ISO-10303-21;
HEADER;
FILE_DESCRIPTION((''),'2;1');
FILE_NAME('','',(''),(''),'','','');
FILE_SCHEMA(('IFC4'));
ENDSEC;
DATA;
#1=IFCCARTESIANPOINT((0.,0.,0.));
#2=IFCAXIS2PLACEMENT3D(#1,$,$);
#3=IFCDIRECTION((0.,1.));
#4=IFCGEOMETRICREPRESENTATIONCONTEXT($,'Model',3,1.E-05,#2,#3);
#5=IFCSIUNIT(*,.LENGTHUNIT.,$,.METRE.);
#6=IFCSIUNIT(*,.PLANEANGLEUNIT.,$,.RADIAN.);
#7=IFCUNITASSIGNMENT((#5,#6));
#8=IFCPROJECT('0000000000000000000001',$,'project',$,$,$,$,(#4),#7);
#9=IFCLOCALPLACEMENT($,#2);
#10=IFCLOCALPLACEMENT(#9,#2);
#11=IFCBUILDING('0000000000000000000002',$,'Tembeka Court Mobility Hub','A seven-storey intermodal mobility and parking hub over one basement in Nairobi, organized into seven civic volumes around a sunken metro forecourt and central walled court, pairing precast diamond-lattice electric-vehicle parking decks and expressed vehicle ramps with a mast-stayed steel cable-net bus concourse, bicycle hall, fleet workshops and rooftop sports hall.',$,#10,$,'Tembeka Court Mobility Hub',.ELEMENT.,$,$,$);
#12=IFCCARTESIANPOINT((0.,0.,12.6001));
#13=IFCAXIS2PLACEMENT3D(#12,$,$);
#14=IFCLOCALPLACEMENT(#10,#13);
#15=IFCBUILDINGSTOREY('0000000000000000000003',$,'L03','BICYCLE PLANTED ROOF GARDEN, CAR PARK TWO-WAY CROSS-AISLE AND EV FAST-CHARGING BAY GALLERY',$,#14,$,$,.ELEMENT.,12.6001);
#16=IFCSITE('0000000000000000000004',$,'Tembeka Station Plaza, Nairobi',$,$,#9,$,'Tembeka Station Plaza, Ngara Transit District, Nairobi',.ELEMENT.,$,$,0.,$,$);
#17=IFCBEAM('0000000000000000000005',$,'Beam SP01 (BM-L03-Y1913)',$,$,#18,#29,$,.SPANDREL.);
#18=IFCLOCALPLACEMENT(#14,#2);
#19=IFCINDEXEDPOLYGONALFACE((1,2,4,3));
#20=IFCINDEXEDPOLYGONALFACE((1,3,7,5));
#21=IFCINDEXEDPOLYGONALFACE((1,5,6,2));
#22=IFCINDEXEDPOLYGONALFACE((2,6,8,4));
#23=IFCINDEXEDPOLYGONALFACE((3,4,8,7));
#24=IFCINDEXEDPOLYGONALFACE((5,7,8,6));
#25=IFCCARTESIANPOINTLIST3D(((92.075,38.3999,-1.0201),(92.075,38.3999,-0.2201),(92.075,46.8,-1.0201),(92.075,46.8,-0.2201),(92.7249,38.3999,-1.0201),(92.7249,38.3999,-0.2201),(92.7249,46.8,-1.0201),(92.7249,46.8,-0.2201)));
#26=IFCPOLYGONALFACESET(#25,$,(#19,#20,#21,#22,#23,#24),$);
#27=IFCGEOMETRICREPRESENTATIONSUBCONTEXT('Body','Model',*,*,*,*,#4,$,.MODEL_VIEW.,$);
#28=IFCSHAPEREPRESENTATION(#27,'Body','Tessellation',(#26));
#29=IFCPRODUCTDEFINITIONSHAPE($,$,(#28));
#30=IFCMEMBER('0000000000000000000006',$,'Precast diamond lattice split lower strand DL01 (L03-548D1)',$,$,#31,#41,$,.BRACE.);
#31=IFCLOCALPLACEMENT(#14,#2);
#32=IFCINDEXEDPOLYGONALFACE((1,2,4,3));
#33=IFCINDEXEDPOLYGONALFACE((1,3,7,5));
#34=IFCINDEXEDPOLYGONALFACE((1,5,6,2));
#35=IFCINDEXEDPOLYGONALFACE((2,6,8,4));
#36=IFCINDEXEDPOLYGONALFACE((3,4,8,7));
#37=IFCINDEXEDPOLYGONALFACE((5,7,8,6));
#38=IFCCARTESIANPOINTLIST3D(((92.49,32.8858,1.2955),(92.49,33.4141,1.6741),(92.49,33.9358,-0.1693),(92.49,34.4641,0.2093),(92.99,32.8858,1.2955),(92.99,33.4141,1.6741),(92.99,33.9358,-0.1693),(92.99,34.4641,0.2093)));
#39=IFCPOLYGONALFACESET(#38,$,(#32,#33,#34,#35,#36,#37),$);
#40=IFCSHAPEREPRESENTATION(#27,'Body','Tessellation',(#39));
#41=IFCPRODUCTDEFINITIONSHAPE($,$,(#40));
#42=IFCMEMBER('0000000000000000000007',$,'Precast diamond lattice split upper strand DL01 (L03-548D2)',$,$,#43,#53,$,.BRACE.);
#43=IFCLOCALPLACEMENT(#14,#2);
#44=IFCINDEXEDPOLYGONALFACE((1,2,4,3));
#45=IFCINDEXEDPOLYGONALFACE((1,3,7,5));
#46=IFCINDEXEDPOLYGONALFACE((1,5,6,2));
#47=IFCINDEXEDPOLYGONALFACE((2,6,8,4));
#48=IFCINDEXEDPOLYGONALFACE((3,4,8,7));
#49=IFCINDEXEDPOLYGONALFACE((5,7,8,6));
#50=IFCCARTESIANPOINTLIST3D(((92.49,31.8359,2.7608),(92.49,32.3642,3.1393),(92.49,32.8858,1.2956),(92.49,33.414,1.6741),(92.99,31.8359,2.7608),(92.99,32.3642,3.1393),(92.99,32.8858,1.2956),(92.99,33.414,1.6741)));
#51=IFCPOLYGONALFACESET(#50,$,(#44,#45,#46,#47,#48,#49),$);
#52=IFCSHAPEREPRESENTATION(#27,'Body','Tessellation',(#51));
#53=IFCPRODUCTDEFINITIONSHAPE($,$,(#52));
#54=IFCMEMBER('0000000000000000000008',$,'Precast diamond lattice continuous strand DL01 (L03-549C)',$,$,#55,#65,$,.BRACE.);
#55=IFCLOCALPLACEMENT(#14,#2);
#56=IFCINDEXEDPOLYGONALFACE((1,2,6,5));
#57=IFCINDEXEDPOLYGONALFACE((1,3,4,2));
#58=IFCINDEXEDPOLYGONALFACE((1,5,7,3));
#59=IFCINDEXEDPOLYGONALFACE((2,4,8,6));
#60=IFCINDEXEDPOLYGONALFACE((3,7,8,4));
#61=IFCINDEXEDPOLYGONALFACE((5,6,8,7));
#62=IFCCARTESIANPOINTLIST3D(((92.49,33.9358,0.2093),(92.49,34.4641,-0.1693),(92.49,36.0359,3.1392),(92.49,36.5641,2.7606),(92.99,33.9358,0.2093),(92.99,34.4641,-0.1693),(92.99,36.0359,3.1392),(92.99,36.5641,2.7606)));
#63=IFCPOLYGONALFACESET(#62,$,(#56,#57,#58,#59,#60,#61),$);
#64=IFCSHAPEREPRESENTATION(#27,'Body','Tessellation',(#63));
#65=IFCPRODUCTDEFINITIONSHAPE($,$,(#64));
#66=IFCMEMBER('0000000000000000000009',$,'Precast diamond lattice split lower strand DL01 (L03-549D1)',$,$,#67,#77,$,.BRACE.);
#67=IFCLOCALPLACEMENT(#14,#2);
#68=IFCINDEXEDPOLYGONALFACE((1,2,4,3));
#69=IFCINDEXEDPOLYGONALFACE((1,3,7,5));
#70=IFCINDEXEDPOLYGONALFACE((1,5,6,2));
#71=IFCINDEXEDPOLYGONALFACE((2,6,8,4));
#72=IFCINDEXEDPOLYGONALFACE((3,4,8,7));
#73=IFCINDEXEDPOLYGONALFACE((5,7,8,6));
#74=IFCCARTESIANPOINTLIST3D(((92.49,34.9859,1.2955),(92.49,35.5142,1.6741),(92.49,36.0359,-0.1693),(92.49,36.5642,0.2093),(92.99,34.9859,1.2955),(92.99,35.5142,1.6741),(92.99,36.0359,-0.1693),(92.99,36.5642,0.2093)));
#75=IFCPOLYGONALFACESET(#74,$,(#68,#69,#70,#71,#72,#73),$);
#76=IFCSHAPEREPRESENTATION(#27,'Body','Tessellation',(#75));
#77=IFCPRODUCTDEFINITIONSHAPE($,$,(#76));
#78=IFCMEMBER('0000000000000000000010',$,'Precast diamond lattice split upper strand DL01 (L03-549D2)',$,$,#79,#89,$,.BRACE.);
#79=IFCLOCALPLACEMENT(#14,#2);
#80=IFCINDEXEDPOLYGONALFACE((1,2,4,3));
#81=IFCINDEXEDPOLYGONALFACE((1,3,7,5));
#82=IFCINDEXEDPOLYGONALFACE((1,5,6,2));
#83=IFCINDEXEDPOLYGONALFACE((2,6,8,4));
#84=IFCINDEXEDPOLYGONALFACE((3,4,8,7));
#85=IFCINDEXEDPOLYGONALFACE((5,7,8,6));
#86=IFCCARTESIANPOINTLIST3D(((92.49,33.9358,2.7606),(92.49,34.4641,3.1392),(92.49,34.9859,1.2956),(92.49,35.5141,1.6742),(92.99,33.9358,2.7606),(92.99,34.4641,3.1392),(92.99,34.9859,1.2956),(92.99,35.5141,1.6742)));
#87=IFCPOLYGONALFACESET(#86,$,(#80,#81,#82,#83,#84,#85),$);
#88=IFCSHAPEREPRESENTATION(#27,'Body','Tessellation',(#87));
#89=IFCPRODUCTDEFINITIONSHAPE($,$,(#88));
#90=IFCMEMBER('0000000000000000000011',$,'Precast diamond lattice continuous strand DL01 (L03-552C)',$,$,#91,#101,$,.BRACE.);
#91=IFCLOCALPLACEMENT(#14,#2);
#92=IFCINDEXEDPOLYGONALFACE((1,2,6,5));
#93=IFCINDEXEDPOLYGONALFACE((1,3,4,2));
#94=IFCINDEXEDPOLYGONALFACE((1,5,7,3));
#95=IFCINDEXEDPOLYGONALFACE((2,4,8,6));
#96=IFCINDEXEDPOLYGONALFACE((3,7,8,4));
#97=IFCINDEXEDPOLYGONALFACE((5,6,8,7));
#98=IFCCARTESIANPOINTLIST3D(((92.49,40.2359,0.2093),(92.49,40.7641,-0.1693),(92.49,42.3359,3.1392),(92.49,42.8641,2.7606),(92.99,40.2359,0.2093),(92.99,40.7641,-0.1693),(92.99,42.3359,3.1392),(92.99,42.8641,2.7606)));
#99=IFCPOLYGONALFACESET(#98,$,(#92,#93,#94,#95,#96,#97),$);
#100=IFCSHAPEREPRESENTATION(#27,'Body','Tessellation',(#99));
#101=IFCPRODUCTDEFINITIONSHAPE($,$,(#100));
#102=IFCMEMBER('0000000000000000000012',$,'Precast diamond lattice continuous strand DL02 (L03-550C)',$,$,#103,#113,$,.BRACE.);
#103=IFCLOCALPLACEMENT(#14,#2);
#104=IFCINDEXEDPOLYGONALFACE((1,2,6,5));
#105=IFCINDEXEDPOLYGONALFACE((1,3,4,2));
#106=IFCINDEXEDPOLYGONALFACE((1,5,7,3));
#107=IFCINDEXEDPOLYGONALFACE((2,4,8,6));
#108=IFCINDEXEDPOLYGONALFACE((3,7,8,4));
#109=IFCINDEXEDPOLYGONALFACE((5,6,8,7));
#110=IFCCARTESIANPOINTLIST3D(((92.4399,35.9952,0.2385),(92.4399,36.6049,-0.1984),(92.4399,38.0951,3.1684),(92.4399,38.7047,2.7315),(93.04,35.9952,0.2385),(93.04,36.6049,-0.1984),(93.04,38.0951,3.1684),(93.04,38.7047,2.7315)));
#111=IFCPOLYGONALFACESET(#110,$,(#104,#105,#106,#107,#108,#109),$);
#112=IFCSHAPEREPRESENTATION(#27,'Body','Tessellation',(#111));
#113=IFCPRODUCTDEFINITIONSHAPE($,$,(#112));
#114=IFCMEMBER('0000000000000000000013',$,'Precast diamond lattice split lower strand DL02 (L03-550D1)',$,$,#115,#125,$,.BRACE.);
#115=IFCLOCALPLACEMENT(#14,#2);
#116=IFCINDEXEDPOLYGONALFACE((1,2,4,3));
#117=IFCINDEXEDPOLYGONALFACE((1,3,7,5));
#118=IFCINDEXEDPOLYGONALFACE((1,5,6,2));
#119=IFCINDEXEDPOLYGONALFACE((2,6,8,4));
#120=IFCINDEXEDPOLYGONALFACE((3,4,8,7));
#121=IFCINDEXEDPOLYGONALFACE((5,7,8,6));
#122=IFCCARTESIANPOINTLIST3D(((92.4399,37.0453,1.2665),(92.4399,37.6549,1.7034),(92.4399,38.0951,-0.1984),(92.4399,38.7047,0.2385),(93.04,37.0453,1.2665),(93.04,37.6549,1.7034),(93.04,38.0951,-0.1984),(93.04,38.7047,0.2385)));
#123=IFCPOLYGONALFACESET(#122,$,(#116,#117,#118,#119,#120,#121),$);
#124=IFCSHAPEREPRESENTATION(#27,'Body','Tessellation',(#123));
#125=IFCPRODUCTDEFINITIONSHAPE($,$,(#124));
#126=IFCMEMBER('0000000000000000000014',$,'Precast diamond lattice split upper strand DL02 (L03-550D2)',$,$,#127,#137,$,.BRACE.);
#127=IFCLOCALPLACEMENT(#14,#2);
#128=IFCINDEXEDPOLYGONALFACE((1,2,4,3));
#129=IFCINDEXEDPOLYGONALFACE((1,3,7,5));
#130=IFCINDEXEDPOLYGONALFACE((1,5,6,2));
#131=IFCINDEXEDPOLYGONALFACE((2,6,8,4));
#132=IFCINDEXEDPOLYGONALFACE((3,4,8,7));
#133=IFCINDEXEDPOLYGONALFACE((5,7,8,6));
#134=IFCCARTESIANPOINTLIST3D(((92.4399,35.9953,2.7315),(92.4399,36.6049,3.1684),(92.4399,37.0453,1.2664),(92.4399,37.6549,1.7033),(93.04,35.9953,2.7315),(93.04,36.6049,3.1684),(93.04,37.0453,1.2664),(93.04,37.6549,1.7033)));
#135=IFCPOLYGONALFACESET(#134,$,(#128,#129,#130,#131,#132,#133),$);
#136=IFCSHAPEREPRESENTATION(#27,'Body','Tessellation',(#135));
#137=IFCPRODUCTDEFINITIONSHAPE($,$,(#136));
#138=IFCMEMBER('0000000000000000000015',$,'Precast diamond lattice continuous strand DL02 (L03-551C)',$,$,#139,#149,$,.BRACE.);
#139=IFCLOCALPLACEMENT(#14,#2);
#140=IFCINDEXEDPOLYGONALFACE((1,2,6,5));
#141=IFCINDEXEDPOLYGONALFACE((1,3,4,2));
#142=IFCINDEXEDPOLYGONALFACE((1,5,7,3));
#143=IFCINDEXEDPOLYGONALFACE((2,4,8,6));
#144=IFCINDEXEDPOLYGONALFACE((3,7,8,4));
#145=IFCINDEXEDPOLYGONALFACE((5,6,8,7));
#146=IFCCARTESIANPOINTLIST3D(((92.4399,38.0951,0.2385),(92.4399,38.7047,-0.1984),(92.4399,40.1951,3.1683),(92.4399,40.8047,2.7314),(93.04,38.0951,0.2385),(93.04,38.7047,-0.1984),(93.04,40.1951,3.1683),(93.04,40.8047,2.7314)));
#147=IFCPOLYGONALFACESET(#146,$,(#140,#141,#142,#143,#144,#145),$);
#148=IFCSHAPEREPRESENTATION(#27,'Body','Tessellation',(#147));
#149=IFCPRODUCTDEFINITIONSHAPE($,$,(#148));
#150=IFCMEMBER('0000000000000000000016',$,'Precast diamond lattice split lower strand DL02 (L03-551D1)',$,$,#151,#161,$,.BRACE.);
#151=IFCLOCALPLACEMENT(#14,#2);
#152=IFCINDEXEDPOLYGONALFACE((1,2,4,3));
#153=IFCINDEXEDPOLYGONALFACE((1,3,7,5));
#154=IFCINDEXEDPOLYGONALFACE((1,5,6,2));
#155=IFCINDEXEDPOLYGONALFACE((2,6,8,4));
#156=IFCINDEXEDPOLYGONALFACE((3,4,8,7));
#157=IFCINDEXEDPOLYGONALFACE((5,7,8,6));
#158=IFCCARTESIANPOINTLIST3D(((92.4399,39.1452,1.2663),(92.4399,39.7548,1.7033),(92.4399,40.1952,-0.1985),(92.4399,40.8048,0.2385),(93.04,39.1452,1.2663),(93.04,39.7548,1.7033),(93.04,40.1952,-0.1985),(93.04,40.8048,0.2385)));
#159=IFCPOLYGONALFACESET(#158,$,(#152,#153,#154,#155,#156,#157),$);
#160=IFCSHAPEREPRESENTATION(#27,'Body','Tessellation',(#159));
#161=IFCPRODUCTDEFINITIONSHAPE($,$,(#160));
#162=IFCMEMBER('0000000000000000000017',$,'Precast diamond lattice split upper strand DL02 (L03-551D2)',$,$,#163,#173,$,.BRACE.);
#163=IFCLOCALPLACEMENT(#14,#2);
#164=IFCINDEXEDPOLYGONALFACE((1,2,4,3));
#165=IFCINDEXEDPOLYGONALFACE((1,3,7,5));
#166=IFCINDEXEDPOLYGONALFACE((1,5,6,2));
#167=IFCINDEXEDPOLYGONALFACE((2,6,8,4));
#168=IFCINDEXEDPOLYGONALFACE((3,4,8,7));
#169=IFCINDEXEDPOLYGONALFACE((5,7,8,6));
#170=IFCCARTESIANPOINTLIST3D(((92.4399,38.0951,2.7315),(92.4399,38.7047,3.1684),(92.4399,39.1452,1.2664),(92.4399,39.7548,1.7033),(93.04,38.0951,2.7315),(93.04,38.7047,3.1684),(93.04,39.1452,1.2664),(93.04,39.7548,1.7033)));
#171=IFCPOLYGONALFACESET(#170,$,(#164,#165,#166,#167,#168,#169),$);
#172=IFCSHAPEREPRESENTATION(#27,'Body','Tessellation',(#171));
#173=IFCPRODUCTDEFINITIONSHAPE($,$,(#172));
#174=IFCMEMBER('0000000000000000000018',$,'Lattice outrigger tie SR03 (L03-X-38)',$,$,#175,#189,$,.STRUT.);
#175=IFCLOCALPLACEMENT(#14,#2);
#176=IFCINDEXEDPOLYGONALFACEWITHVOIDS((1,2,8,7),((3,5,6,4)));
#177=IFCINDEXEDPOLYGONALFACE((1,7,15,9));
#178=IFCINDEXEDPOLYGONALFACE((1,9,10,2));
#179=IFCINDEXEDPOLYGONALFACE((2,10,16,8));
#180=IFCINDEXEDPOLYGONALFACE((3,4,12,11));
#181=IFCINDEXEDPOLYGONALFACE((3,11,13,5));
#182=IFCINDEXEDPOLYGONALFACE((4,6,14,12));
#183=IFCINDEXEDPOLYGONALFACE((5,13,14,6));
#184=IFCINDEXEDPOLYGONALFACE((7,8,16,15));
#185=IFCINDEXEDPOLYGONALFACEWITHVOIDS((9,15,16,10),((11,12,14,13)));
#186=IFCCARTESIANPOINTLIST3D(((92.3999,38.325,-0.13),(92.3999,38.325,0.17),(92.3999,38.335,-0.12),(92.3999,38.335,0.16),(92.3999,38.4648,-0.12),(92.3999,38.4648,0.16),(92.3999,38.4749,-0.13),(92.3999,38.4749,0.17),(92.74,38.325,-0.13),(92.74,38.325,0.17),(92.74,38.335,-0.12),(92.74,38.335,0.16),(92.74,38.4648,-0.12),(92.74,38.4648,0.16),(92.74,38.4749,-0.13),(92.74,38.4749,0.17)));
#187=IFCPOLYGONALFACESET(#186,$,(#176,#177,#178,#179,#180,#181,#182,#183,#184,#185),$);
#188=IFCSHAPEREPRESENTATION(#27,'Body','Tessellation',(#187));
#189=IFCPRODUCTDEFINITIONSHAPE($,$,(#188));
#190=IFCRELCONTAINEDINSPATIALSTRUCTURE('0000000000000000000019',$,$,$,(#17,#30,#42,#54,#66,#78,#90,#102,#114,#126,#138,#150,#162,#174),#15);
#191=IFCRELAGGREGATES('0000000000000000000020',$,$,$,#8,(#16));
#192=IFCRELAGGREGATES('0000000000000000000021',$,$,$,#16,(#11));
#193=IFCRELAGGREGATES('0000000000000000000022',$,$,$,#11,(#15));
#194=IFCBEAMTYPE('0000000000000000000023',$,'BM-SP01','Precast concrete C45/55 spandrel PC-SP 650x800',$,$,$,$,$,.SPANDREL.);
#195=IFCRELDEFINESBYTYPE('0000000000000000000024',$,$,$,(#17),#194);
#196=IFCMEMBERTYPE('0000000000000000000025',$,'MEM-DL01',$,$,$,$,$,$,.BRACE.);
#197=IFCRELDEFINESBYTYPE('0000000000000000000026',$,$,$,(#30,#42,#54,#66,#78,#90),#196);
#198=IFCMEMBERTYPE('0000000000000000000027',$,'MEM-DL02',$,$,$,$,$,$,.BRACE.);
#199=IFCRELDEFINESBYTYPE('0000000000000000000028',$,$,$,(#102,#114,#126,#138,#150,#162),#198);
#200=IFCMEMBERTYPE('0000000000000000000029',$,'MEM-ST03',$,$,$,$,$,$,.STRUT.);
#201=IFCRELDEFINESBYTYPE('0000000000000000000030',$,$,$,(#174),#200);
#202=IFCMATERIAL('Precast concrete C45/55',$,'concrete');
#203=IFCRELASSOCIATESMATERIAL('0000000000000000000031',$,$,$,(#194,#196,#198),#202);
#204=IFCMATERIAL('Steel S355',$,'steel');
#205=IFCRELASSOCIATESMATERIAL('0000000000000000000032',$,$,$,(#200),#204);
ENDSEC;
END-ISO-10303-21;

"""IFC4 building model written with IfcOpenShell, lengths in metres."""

from ifc_helpers import new_model, si_unit, direction, frame, origin, origin_2d, place, context, subcontext, project, spatial, rectangle, hollow_rectangle, extrude, material, material_profile, profile_set, type_object, element, save


model = new_model("IFC4")

# Units and contexts
model_context = context("Model", 3, precision=1e-05, world=origin(), true_north=direction((0.0, 1.0)))
body_context = subcontext(model_context, "Body", "Model", "MODEL_VIEW")
ifc_project = project(units=[si_unit("LENGTHUNIT", "METRE"), si_unit("PLANEANGLEUNIT", "RADIAN")], contexts=[model_context])

# Site, building, storey
site_placement = place(None, origin())
site = spatial("IfcSite", under=ifc_project, at=site_placement, Name="Tembeka Station Plaza, Nairobi", LongName="Tembeka Station Plaza, Ngara Transit District, Nairobi", CompositionType="ELEMENT", RefElevation=0.0)
building_placement = place(site_placement, origin())
building = spatial("IfcBuilding", under=site, at=building_placement, Name="Tembeka Court Mobility Hub", Description="A seven-storey intermodal mobility and parking hub over one basement in Nairobi, organized into seven civic volumes around a sunken metro forecourt and central walled court, pairing precast diamond-lattice electric-vehicle parking decks and expressed vehicle ramps with a mast-stayed steel cable-net bus concourse, bicycle hall, fleet workshops and rooftop sports hall.", LongName="Tembeka Court Mobility Hub", CompositionType="ELEMENT")
storey_placement = place(building_placement, frame((0.0, 0.0, 12.6001)))
storey = spatial("IfcBuildingStorey", under=building, at=storey_placement, Name="L03", Description="BICYCLE PLANTED ROOF GARDEN, CAR PARK TWO-WAY CROSS-AISLE AND EV FAST-CHARGING BAY GALLERY", CompositionType="ELEMENT", Elevation=12.6001)

# Shared definitions
ifc_material_1 = material(Name="Steel S355", Category="steel")

# Beam
ifc_material_2 = material(Name="Precast concrete C45/55", Category="concrete")
ifc_material_profile_1 = material_profile(ifc_material_2, rectangle(XDim=0.6499, YDim=0.8, at=origin_2d()), Name="PC-SP 650x800")
ifc_profile_set_1 = profile_set([ifc_material_profile_1], Name="Precast concrete C45/55")
beam_type_1 = type_object("IfcBeamType", Name="BM-SP01", Description="Precast concrete C45/55 spandrel PC-SP 650x800", PredefinedType="SPANDREL", material=ifc_profile_set_1)
beam_1_placement = place(storey_placement, frame((92.3999, 38.3999, -0.6201), z_axis=(0.0, 1.0, 0.0), x_axis=(-1.0, 0.0, 0.0)))
element("IfcBeam", 1, at=beam_1_placement, inside=storey, type_object=beam_type_1, Name="Beam SP01 (BM-L03-Y1913)", PredefinedType="SPANDREL", context=body_context, shape_type="SweptSolid", body=[
    extrude(rectangle(XDim=0.6499, YDim=0.8, at=origin_2d()), origin(), (0.0, 0.0, 1.0), 8.4001),
])

# Members
ifc_material_profile_2 = material_profile(ifc_material_2, rectangle(XDim=0.5, YDim=0.6499, at=origin_2d()), Name="PC-DIAG 500x650")
ifc_profile_set_2 = profile_set([ifc_material_profile_2], Name="Precast concrete C45/55")
member_type_1 = type_object("IfcMemberType", Name="MEM-DL01", PredefinedType="BRACE", material=ifc_profile_set_2)
member_1_placement = place(storey_placement, frame((92.74, 34.2, 0.02), z_axis=(0.0, -0.582608, 0.812753), x_axis=(1.0, 0.0, 0.0)))
element("IfcMember", 2, at=member_1_placement, inside=storey, type_object=member_type_1, Name="Precast diamond lattice split lower strand DL01 (L03-548D1)", PredefinedType="BRACE", context=body_context, shape_type="SweptSolid", body=[
    extrude(rectangle(XDim=0.5, YDim=0.6499, at=origin_2d()), origin(), (0.0, 0.0, 1.0), 1.8022),
])
member_2_placement = place(storey_placement, frame((92.74, 33.1499, 1.4849), z_axis=(0.0, -0.582455, 0.812863), x_axis=(1.0, 0.0, 0.0)))
element("IfcMember", 3, at=member_2_placement, inside=storey, type_object=member_type_1, Name="Precast diamond lattice split upper strand DL01 (L03-548D2)", PredefinedType="BRACE", context=body_context, shape_type="SweptSolid", body=[
    extrude(rectangle(XDim=0.5, YDim=0.6499, at=origin_2d()), origin(), (0.0, 0.0, 1.0), 1.8025),
])
member_3_placement = place(storey_placement, frame((92.74, 34.2, 0.02), z_axis=(0.0, 0.582576, 0.812776), x_axis=(-1.0, 0.0, 0.0)))
element("IfcMember", 4, at=member_3_placement, inside=storey, type_object=member_type_1, Name="Precast diamond lattice continuous strand DL01 (L03-549C)", PredefinedType="BRACE", context=body_context, shape_type="SweptSolid", body=[
    extrude(rectangle(XDim=0.5, YDim=0.6499, at=origin_2d()), origin(), (0.0, 0.0, 1.0), 3.6047),
])
member_4_placement = place(storey_placement, frame((92.74, 36.3, 0.02), z_axis=(0.0, -0.582608, 0.812753), x_axis=(1.0, 0.0, 0.0)))
element("IfcMember", 5, at=member_4_placement, inside=storey, type_object=member_type_1, Name="Precast diamond lattice split lower strand DL01 (L03-549D1)", PredefinedType="BRACE", context=body_context, shape_type="SweptSolid", body=[
    extrude(rectangle(XDim=0.5, YDim=0.6499, at=origin_2d()), origin(), (0.0, 0.0, 1.0), 1.8022),
])
member_5_placement = place(storey_placement, frame((92.74, 35.25, 1.4849), z_axis=(0.0, -0.582544, 0.812799), x_axis=(1.0, 0.0, 0.0)))
element("IfcMember", 6, at=member_5_placement, inside=storey, type_object=member_type_1, Name="Precast diamond lattice split upper strand DL01 (L03-549D2)", PredefinedType="BRACE", context=body_context, shape_type="SweptSolid", body=[
    extrude(rectangle(XDim=0.5, YDim=0.6499, at=origin_2d()), origin(), (0.0, 0.0, 1.0), 1.8025),
])
member_6_placement = place(storey_placement, frame((92.74, 40.5, 0.02), z_axis=(0.0, 0.582576, 0.812776), x_axis=(-1.0, 0.0, 0.0)))
element("IfcMember", 7, at=member_6_placement, inside=storey, type_object=member_type_1, Name="Precast diamond lattice continuous strand DL01 (L03-552C)", PredefinedType="BRACE", context=body_context, shape_type="SweptSolid", body=[
    extrude(rectangle(XDim=0.5, YDim=0.6499, at=origin_2d()), origin(), (0.0, 0.0, 1.0), 3.6047),
])
ifc_material_profile_3 = material_profile(ifc_material_2, rectangle(XDim=0.6001, YDim=0.75, at=origin_2d()), Name="PC-DIAG 600x750")
ifc_profile_set_3 = profile_set([ifc_material_profile_3], Name="Precast concrete C45/55")
member_type_2 = type_object("IfcMemberType", Name="MEM-DL02", PredefinedType="BRACE", material=ifc_profile_set_3)
member_7_placement = place(storey_placement, frame((92.74, 36.3, 0.02), z_axis=(0.0, 0.582532, 0.812808), x_axis=(-1.0, 0.0, 0.0)))
element("IfcMember", 8, at=member_7_placement, inside=storey, type_object=member_type_2, Name="Precast diamond lattice continuous strand DL02 (L03-550C)", PredefinedType="BRACE", context=body_context, shape_type="SweptSolid", body=[
    extrude(rectangle(XDim=0.6001, YDim=0.75, at=origin_2d()), origin(), (0.0, 0.0, 1.0), 3.6047),
])
member_8_placement = place(storey_placement, frame((92.74, 38.3999, 0.02), z_axis=(0.0, -0.582519, 0.812817), x_axis=(1.0, 0.0, 0.0)))
element("IfcMember", 9, at=member_8_placement, inside=storey, type_object=member_type_2, Name="Precast diamond lattice split lower strand DL02 (L03-550D1)", PredefinedType="BRACE", context=body_context, shape_type="SweptSolid", body=[
    extrude(rectangle(XDim=0.6001, YDim=0.75, at=origin_2d()), origin(), (0.0, 0.0, 1.0), 1.8022),
])
member_9_placement = place(storey_placement, frame((92.74, 37.3501, 1.4849), z_axis=(0.0, -0.582544, 0.812799), x_axis=(1.0, 0.0, 0.0)))
element("IfcMember", 10, at=member_9_placement, inside=storey, type_object=member_type_2, Name="Precast diamond lattice split upper strand DL02 (L03-550D2)", PredefinedType="BRACE", context=body_context, shape_type="SweptSolid", body=[
    extrude(rectangle(XDim=0.6001, YDim=0.75, at=origin_2d()), origin(), (0.0, 0.0, 1.0), 1.8025),
])
member_10_placement = place(storey_placement, frame((92.74, 38.3999, 0.02), z_axis=(0.0, 0.582576, 0.812776), x_axis=(-1.0, 0.0, 0.0)))
element("IfcMember", 11, at=member_10_placement, inside=storey, type_object=member_type_2, Name="Precast diamond lattice continuous strand DL02 (L03-551C)", PredefinedType="BRACE", context=body_context, shape_type="SweptSolid", body=[
    extrude(rectangle(XDim=0.6001, YDim=0.75, at=origin_2d()), origin(), (0.0, 0.0, 1.0), 3.6047),
])
member_11_placement = place(storey_placement, frame((92.74, 40.5, 0.02), z_axis=(0.0, -0.582608, 0.812753), x_axis=(1.0, 0.0, 0.0)))
element("IfcMember", 12, at=member_11_placement, inside=storey, type_object=member_type_2, Name="Precast diamond lattice split lower strand DL02 (L03-551D1)", PredefinedType="BRACE", context=body_context, shape_type="SweptSolid", body=[
    extrude(rectangle(XDim=0.6001, YDim=0.75, at=origin_2d()), origin(), (0.0, 0.0, 1.0), 1.8022),
])
member_12_placement = place(storey_placement, frame((92.74, 39.45, 1.4849), z_axis=(0.0, -0.582544, 0.812799), x_axis=(1.0, 0.0, 0.0)))
element("IfcMember", 13, at=member_12_placement, inside=storey, type_object=member_type_2, Name="Precast diamond lattice split upper strand DL02 (L03-551D2)", PredefinedType="BRACE", context=body_context, shape_type="SweptSolid", body=[
    extrude(rectangle(XDim=0.6001, YDim=0.75, at=origin_2d()), origin(), (0.0, 0.0, 1.0), 1.8025),
])
ifc_material_profile_4 = material_profile(ifc_material_1, hollow_rectangle(XDim=0.1499, YDim=0.3, WallThickness=0.01, at=origin_2d()), Name="RHS 300x150x10")
ifc_profile_set_4 = profile_set([ifc_material_profile_4], Name="Steel S355")
member_type_3 = type_object("IfcMemberType", Name="MEM-ST03", PredefinedType="STRUT", material=ifc_profile_set_4)
member_13_placement = place(storey_placement, frame((92.3999, 38.3999, 0.02), z_axis=(1.0, 0.0, 0.0), x_axis=(0.0, 1.0, 0.0)))
element("IfcMember", 14, at=member_13_placement, inside=storey, type_object=member_type_3, Name="Lattice outrigger tie SR03 (L03-X-38)", PredefinedType="STRUT", context=body_context, shape_type="SweptSolid", body=[
    extrude(hollow_rectangle(XDim=0.1499, YDim=0.3, WallThickness=0.01, at=origin_2d()), origin(), (0.0, 0.0, 1.0), 0.3401),
])

save(model, "model.ifc")
